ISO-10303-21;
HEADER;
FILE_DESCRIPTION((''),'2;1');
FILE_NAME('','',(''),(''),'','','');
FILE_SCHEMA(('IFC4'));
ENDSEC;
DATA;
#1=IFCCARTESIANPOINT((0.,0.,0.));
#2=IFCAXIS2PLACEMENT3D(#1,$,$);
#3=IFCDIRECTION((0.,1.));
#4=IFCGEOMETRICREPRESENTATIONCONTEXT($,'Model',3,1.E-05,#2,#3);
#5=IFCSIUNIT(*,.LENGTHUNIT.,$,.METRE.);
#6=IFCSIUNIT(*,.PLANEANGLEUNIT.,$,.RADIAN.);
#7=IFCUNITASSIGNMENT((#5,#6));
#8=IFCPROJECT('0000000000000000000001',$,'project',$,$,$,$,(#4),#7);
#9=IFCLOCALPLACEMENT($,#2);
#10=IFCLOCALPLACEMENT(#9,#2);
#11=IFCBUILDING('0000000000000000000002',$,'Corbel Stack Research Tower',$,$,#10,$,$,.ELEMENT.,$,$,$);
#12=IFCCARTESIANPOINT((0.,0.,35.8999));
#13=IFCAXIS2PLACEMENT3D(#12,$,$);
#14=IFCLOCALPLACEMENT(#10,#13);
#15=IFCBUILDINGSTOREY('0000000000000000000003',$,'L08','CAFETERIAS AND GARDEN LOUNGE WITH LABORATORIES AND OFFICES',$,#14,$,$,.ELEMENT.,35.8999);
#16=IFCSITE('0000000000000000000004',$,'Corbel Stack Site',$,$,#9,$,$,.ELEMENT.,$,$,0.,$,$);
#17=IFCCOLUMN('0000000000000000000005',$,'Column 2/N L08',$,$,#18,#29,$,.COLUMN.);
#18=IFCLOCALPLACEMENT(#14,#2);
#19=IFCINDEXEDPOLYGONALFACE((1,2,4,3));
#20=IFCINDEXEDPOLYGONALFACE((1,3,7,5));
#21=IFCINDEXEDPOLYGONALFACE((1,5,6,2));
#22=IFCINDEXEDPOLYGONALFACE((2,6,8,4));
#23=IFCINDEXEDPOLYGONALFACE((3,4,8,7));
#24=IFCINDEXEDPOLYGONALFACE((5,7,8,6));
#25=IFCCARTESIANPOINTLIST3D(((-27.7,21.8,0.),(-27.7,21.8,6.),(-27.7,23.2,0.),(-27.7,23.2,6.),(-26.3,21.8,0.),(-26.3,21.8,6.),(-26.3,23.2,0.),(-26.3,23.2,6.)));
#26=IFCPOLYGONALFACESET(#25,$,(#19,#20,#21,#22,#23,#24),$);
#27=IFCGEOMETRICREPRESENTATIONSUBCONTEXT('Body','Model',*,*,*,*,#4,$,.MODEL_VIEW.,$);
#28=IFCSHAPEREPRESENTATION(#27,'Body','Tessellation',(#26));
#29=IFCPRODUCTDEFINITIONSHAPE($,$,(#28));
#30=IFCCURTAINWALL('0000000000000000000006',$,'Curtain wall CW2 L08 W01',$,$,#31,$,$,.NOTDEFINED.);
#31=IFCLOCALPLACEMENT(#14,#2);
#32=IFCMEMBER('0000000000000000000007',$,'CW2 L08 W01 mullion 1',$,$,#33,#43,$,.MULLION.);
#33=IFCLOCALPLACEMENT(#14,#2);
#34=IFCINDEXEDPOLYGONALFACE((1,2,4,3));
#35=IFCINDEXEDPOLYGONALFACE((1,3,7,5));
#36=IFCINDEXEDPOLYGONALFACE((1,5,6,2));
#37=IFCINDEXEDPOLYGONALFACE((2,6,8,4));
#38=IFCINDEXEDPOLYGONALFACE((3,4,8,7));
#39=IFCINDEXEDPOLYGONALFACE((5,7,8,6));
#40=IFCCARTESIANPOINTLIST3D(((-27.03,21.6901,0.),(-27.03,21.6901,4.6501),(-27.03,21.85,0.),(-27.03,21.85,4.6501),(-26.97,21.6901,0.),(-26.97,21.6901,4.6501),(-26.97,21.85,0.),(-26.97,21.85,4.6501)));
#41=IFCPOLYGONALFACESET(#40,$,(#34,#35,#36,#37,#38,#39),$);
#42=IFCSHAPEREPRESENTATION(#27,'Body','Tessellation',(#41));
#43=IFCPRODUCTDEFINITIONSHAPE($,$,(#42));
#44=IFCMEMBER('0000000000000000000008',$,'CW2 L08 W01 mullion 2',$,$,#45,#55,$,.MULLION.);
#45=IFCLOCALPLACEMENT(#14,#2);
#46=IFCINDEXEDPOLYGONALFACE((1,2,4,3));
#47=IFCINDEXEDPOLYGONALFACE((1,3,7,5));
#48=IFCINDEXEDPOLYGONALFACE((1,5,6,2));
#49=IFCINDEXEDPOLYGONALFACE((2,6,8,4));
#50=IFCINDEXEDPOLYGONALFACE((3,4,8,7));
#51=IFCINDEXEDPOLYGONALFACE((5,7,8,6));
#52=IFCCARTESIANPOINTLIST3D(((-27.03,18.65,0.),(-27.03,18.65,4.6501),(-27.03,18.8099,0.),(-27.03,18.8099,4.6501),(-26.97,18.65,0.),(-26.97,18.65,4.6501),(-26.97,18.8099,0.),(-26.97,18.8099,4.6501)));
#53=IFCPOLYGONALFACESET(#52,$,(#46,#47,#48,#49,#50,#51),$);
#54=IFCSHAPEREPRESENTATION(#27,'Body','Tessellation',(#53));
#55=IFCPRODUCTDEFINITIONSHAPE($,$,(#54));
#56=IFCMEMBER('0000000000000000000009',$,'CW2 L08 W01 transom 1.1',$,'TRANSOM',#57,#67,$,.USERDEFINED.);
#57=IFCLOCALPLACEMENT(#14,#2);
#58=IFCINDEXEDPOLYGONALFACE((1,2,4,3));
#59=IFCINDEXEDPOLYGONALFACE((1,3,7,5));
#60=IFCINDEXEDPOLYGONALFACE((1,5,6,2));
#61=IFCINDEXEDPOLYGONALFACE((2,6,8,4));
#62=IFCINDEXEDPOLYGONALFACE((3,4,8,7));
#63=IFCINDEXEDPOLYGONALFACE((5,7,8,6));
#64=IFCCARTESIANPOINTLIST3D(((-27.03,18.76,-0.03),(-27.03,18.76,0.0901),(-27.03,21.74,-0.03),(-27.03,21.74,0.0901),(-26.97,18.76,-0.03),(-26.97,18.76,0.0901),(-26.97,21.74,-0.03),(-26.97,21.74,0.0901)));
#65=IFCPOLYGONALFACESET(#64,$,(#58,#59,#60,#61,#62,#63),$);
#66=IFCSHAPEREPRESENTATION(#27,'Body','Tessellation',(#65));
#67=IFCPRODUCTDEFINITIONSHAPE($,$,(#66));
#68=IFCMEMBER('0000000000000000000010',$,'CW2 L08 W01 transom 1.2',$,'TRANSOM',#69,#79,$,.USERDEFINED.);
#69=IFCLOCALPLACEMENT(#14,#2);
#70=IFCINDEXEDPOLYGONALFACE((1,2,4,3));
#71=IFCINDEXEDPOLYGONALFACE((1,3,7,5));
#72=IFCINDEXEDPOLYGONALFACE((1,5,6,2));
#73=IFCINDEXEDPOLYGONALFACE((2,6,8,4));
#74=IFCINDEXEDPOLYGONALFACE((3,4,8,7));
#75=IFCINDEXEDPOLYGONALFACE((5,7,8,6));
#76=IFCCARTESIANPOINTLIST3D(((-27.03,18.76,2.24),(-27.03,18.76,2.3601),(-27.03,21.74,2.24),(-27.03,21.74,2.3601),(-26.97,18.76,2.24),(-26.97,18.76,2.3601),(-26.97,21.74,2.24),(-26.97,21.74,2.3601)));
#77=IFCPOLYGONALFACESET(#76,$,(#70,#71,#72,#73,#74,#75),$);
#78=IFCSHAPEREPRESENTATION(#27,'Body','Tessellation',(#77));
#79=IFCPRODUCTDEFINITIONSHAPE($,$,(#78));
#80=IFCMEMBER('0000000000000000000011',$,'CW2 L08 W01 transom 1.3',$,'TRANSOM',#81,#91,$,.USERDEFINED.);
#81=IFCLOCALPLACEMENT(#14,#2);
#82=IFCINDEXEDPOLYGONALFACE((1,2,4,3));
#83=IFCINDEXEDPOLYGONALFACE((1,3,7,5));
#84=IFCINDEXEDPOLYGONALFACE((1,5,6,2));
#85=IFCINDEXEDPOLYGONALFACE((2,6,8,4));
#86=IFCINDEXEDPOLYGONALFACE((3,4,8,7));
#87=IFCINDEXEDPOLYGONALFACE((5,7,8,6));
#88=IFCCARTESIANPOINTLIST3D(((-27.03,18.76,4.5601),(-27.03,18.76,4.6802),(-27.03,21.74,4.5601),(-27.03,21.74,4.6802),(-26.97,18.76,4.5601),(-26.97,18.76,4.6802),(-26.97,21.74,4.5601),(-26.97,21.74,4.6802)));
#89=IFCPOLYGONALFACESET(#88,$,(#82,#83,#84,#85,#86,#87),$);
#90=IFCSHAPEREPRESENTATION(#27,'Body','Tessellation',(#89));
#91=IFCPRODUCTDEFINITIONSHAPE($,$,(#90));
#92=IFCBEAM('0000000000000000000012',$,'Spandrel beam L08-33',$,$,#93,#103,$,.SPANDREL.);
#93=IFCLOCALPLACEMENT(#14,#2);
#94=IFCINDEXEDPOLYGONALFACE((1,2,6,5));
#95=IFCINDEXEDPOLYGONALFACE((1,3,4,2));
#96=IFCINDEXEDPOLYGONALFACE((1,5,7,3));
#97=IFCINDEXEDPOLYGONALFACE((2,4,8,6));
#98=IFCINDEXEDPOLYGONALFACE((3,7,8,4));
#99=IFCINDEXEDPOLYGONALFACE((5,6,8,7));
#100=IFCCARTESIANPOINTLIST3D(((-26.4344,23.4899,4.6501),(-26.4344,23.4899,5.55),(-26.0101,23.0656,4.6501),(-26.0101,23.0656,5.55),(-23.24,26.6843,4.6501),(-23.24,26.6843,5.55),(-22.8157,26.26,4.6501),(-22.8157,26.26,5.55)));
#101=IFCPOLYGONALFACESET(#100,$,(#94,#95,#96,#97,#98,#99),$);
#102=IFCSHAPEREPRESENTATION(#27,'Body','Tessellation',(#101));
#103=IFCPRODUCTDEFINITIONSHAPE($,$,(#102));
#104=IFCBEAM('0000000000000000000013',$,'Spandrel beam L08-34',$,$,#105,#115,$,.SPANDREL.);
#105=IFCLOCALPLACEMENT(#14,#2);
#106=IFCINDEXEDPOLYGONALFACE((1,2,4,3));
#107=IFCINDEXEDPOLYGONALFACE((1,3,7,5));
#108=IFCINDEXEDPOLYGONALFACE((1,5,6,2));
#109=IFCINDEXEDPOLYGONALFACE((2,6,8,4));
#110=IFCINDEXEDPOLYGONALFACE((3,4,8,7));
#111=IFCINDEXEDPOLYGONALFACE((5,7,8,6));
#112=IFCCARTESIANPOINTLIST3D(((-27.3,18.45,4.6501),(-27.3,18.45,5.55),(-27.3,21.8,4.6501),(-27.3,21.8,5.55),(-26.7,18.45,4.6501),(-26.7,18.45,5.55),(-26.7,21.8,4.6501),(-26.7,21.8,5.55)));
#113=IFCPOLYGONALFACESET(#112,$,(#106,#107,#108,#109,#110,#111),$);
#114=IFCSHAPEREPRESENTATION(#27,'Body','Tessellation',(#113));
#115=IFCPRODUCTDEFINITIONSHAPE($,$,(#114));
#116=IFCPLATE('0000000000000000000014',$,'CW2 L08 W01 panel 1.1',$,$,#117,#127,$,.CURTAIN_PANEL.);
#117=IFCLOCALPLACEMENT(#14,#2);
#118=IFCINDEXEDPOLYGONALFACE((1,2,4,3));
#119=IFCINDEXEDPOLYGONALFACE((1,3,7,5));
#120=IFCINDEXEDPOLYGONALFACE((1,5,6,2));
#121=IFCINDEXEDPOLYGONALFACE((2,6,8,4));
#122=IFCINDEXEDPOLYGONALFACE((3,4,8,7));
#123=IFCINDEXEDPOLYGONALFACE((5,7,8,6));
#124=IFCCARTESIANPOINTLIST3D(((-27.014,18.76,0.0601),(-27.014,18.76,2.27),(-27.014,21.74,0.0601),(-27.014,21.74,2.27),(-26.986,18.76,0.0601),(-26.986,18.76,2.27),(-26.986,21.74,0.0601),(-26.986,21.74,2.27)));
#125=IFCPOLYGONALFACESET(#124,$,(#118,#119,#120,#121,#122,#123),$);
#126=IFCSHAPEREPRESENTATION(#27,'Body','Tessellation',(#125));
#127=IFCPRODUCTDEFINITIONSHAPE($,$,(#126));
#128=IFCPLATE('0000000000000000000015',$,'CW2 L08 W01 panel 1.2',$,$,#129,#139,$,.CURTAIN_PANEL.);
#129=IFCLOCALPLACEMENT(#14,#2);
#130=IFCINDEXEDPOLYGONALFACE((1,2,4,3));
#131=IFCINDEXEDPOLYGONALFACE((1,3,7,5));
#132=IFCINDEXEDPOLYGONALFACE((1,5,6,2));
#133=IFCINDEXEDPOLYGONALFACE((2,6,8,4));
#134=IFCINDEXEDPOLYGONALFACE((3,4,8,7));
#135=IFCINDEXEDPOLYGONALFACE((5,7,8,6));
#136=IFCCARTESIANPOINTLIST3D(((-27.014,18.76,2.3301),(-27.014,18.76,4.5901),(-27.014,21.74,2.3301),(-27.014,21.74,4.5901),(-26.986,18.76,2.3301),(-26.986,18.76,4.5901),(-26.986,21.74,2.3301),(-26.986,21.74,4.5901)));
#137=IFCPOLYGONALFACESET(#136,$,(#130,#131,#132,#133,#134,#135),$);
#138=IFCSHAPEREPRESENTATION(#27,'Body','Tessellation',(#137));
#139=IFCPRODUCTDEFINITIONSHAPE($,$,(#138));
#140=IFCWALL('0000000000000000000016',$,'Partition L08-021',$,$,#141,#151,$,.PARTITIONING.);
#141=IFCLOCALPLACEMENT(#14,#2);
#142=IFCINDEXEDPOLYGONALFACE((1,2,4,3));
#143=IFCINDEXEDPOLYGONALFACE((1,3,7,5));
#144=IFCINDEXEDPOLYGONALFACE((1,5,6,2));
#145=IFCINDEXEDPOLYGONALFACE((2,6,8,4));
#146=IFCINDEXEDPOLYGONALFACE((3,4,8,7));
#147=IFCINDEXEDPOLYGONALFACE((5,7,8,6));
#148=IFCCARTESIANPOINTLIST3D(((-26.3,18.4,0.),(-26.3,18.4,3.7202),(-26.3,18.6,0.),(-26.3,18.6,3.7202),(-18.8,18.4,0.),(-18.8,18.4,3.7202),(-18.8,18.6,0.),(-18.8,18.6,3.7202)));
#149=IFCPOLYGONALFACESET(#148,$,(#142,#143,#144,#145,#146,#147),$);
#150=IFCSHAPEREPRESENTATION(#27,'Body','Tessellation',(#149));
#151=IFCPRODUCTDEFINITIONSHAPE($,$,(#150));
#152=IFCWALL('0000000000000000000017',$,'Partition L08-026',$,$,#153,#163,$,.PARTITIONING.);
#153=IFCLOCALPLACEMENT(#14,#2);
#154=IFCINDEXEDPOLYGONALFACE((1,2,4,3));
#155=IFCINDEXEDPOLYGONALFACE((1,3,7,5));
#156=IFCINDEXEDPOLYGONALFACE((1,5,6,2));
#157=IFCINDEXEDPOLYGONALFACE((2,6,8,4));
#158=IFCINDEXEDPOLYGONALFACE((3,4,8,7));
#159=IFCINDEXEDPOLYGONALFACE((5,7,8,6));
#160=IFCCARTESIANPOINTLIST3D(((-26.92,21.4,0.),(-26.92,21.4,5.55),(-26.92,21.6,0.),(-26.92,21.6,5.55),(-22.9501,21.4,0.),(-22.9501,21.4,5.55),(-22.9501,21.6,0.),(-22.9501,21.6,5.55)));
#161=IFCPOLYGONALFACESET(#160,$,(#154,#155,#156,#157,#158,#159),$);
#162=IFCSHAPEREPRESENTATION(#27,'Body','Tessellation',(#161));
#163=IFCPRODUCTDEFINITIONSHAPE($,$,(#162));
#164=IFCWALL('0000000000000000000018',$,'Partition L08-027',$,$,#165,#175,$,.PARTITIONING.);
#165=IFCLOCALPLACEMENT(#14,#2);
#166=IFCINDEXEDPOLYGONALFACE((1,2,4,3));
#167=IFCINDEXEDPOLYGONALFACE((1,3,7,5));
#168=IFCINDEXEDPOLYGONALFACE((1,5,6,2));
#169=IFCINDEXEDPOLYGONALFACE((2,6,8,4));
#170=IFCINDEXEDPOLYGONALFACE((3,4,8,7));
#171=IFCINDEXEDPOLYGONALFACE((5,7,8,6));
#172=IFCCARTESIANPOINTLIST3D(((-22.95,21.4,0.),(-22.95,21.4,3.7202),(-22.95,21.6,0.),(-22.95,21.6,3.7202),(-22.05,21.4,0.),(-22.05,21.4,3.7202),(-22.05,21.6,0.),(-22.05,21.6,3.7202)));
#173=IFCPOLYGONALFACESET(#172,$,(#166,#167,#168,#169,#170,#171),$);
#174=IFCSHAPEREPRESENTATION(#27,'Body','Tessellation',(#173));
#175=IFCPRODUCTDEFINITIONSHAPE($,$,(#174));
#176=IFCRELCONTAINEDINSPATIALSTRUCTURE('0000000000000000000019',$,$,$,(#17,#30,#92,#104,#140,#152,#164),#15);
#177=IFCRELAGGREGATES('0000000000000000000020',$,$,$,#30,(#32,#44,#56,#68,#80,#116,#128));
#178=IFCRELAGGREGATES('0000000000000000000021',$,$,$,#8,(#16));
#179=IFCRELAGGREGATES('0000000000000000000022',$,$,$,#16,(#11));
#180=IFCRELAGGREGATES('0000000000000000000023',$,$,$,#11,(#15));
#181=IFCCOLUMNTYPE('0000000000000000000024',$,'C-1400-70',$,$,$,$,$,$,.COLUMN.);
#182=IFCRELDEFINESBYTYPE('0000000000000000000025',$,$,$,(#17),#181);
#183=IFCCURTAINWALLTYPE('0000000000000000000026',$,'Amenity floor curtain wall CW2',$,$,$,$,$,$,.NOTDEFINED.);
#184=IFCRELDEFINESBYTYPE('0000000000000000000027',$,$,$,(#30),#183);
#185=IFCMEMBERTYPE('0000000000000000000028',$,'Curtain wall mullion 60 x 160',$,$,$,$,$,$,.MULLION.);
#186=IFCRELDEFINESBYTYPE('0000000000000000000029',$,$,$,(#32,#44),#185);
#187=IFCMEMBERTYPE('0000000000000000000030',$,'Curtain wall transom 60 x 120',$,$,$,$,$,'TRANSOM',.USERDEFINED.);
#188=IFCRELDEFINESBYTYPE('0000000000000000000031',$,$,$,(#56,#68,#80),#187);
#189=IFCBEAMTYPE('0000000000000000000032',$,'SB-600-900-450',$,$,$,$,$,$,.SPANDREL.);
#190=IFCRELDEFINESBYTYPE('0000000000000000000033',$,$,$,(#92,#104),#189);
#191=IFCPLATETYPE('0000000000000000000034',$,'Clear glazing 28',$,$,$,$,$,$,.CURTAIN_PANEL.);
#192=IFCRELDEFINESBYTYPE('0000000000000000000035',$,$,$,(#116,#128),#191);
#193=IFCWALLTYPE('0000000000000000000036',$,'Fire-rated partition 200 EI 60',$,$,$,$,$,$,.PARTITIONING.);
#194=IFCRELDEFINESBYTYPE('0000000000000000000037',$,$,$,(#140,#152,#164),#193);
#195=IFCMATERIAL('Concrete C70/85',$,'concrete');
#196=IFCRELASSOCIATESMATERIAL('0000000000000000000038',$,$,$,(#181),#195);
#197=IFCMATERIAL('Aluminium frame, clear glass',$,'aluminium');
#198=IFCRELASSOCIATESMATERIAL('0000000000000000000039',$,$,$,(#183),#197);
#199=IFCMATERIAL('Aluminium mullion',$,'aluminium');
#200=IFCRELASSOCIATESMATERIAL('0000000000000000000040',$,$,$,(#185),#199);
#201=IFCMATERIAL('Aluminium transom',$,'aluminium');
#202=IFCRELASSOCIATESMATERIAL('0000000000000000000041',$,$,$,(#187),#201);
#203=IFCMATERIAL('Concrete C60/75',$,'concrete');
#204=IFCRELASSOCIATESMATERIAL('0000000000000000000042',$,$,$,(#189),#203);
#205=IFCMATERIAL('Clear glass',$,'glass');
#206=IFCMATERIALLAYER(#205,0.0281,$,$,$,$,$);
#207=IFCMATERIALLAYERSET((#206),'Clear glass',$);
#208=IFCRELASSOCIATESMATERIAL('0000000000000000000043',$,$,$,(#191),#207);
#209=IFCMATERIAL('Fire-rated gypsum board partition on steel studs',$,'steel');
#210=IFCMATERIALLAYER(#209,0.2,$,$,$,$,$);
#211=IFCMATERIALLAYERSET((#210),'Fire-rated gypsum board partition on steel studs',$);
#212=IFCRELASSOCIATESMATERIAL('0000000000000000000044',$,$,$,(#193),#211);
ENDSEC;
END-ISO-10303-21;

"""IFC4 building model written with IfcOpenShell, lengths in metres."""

from ifc_helpers import new_model, si_unit, direction, frame, frame_2d, origin, origin_2d, place, context, subcontext, project, spatial, rectangle, extrude, material, layer, layer_set, material_profile, profile_set, type_object, element, aggregate, save


model = new_model("IFC4")

# Units and contexts
model_context = context("Model", 3, precision=1e-05, world=origin(), true_north=direction((0.0, 1.0)))
body_context = subcontext(model_context, "Body", "Model", "MODEL_VIEW")
ifc_project = project(units=[si_unit("LENGTHUNIT", "METRE"), si_unit("PLANEANGLEUNIT", "RADIAN")], contexts=[model_context])

# Site, building, storey
site_placement = place(None, origin())
site = spatial("IfcSite", under=ifc_project, at=site_placement, Name="Corbel Stack Site", CompositionType="ELEMENT", RefElevation=0.0)
building_placement = place(site_placement, origin())
building = spatial("IfcBuilding", under=site, at=building_placement, Name="Corbel Stack Research Tower", CompositionType="ELEMENT")
storey_placement = place(building_placement, frame((0.0, 0.0, 35.8999)))
storey = spatial("IfcBuildingStorey", under=building, at=storey_placement, Name="L08", Description="CAFETERIAS AND GARDEN LOUNGE WITH LABORATORIES AND OFFICES", CompositionType="ELEMENT", Elevation=35.8999)

# Column
ifc_material_1 = material(Name="Concrete C70/85", Category="concrete")
ifc_material_profile_1 = material_profile(ifc_material_1, rectangle(XDim=1.3999, YDim=1.3999, at=origin_2d()), Name="RC 1400 x 1400")
ifc_profile_set_1 = profile_set([ifc_material_profile_1], Name="Concrete C70/85")
column_type = type_object("IfcColumnType", Name="C-1400-70", PredefinedType="COLUMN", material=ifc_profile_set_1)
column_placement = place(storey_placement, frame((-27.0, 22.5, 0.0), z_axis=(0.0, 0.0, 1.0), x_axis=(1.0, 0.0, 0.0)))
element("IfcColumn", 1, at=column_placement, inside=storey, type_object=column_type, Name="Column 2/N L08", PredefinedType="COLUMN", context=body_context, shape_type="SweptSolid", body=[
    extrude(rectangle(XDim=1.3999, YDim=1.3999, at=origin_2d()), origin(), (0.0, 0.0, 1.0), 6.0),
])

# Curtain wall, members
ifc_material_2 = material(Name="Aluminium frame, clear glass", Category="aluminium")
curtain_wall_type = type_object("IfcCurtainWallType", Name="Amenity floor curtain wall CW2", PredefinedType="NOTDEFINED", material=ifc_material_2)
curtain_wall_placement = place(storey_placement, origin())
curtain_wall = element("IfcCurtainWall", 2, at=curtain_wall_placement, inside=storey, type_object=curtain_wall_type, Name="Curtain wall CW2 L08 W01", PredefinedType="NOTDEFINED")
ifc_material_3 = material(Name="Aluminium mullion", Category="aluminium")
ifc_material_profile_2 = material_profile(ifc_material_3, rectangle(XDim=0.0601, YDim=0.1599, at=origin_2d()), Name="Mullion 60 x 160")
ifc_profile_set_2 = profile_set([ifc_material_profile_2], Name="Aluminium mullion")
member_type_1 = type_object("IfcMemberType", Name="Curtain wall mullion 60 x 160", PredefinedType="MULLION", material=ifc_profile_set_2)
member_1_placement = place(storey_placement, frame((-27.0, 21.77, 0.0), z_axis=(0.0, 0.0, 1.0), x_axis=(1.0, 0.0, 0.0)))
member_1 = element("IfcMember", 3, at=member_1_placement, type_object=member_type_1, Name="CW2 L08 W01 mullion 1", PredefinedType="MULLION", context=body_context, shape_type="SweptSolid", body=[
    extrude(rectangle(XDim=0.0601, YDim=0.1599, at=origin_2d()), origin(), (0.0, 0.0, 1.0), 4.6501),
])
member_2_placement = place(storey_placement, frame((-27.0, 18.73, 0.0), z_axis=(0.0, 0.0, 1.0), x_axis=(1.0, 0.0, 0.0)))
member_2 = element("IfcMember", 4, at=member_2_placement, type_object=member_type_1, Name="CW2 L08 W01 mullion 2", PredefinedType="MULLION", context=body_context, shape_type="SweptSolid", body=[
    extrude(rectangle(XDim=0.0601, YDim=0.1599, at=origin_2d()), origin(), (0.0, 0.0, 1.0), 4.6501),
])
ifc_material_4 = material(Name="Aluminium transom", Category="aluminium")
ifc_material_profile_3 = material_profile(ifc_material_4, rectangle(XDim=0.0601, YDim=0.1201, at=origin_2d()), Name="Transom 60 x 120")
ifc_profile_set_3 = profile_set([ifc_material_profile_3], Name="Aluminium transom")
member_type_2 = type_object("IfcMemberType", Name="Curtain wall transom 60 x 120", ElementType="TRANSOM", PredefinedType="USERDEFINED", material=ifc_profile_set_3)
member_3_placement = place(storey_placement, frame((-27.0, 21.74, 0.03), z_axis=(0.0, -1.0, 0.0), x_axis=(1.0, 0.0, 0.0)))
member_3 = element("IfcMember", 5, at=member_3_placement, type_object=member_type_2, Name="CW2 L08 W01 transom 1.1", ObjectType="TRANSOM", PredefinedType="USERDEFINED", context=body_context, shape_type="SweptSolid", body=[
    extrude(rectangle(XDim=0.0601, YDim=0.1201, at=origin_2d()), origin(), (0.0, 0.0, 1.0), 2.98),
])
member_4_placement = place(storey_placement, frame((-27.0, 21.74, 2.3), z_axis=(0.0, -1.0, 0.0), x_axis=(1.0, 0.0, 0.0)))
member_4 = element("IfcMember", 6, at=member_4_placement, type_object=member_type_2, Name="CW2 L08 W01 transom 1.2", ObjectType="TRANSOM", PredefinedType="USERDEFINED", context=body_context, shape_type="SweptSolid", body=[
    extrude(rectangle(XDim=0.0601, YDim=0.1201, at=origin_2d()), origin(), (0.0, 0.0, 1.0), 2.98),
])
member_5_placement = place(storey_placement, frame((-27.0, 21.74, 4.6201), z_axis=(0.0, -1.0, 0.0), x_axis=(1.0, 0.0, 0.0)))
member_5 = element("IfcMember", 7, at=member_5_placement, type_object=member_type_2, Name="CW2 L08 W01 transom 1.3", ObjectType="TRANSOM", PredefinedType="USERDEFINED", context=body_context, shape_type="SweptSolid", body=[
    extrude(rectangle(XDim=0.0601, YDim=0.1201, at=origin_2d()), origin(), (0.0, 0.0, 1.0), 2.98),
])

# Beams
ifc_material_5 = material(Name="Concrete C60/75", Category="concrete")
ifc_material_profile_4 = material_profile(ifc_material_5, rectangle(XDim=0.6001, YDim=0.8999, at=origin_2d()), Name="RC 600 x 900")
ifc_profile_set_4 = profile_set([ifc_material_profile_4], Name="Concrete C60/75")
beam_type = type_object("IfcBeamType", Name="SB-600-900-450", PredefinedType="SPANDREL", material=ifc_profile_set_4)
beam_1_placement = place(storey_placement, frame((-23.0278, 26.4722, 5.1001), z_axis=(-0.707107, -0.707107, 0.0), x_axis=(0.707107, -0.707107, 0.0)))
element("IfcBeam", 8, at=beam_1_placement, inside=storey, type_object=beam_type, Name="Spandrel beam L08-33", PredefinedType="SPANDREL", context=body_context, shape_type="SweptSolid", body=[
    extrude(rectangle(XDim=0.6001, YDim=0.8999, at=origin_2d()), origin(), (0.0, 0.0, 1.0), 4.5176),
])
beam_2_placement = place(storey_placement, frame((-27.0, 21.8, 5.1001), z_axis=(0.0, -1.0, 0.0), x_axis=(1.0, 0.0, 0.0)))
element("IfcBeam", 9, at=beam_2_placement, inside=storey, type_object=beam_type, Name="Spandrel beam L08-34", PredefinedType="SPANDREL", context=body_context, shape_type="SweptSolid", body=[
    extrude(rectangle(XDim=0.6001, YDim=0.8999, at=origin_2d()), origin(), (0.0, 0.0, 1.0), 3.3501),
])

# Plates
ifc_material_6 = material(Name="Clear glass", Category="glass")
ifc_layer_1 = layer(ifc_material_6, 0.0281)
ifc_layer_set_1 = layer_set([ifc_layer_1], Name="Clear glass")
plate_type = type_object("IfcPlateType", Name="Clear glazing 28", PredefinedType="CURTAIN_PANEL", material=ifc_layer_set_1)
plate_1_placement = place(storey_placement, frame((-27.0, 20.25, 0.0601), z_axis=(0.0, 0.0, 1.0), x_axis=(0.0, -1.0, 0.0)))
plate_1 = element("IfcPlate", 10, at=plate_1_placement, type_object=plate_type, Name="CW2 L08 W01 panel 1.1", PredefinedType="CURTAIN_PANEL", context=body_context, shape_type="SweptSolid", body=[
    extrude(rectangle(XDim=2.98, YDim=0.0281, at=origin_2d()), origin(), (0.0, 0.0, 1.0), 2.21),
])
plate_2_placement = place(storey_placement, frame((-27.0, 20.25, 2.3301), z_axis=(0.0, 0.0, 1.0), x_axis=(0.0, -1.0, 0.0)))
plate_2 = element("IfcPlate", 11, at=plate_2_placement, type_object=plate_type, Name="CW2 L08 W01 panel 1.2", PredefinedType="CURTAIN_PANEL", context=body_context, shape_type="SweptSolid", body=[
    extrude(rectangle(XDim=2.98, YDim=0.0281, at=origin_2d()), origin(), (0.0, 0.0, 1.0), 2.26),
])
aggregate(curtain_wall, [member_1, member_2, member_3, member_4, member_5, plate_1, plate_2])

# Walls
ifc_material_7 = material(Name="Fire-rated gypsum board partition on steel studs", Category="steel")
ifc_layer_2 = layer(ifc_material_7, 0.2)
ifc_layer_set_2 = layer_set([ifc_layer_2], Name="Fire-rated gypsum board partition on steel studs")
wall_type_1 = type_object("IfcWallType", Name="Fire-rated partition 200 EI 60", PredefinedType="PARTITIONING", material=ifc_layer_set_2)
wall_1_placement = place(storey_placement, frame((-26.3, 18.5, 0.0), z_axis=(0.0, 0.0, 1.0), x_axis=(1.0, 0.0, 0.0)))
element("IfcWall", 12, at=wall_1_placement, inside=storey, type_object=wall_type_1, Name="Partition L08-021", PredefinedType="PARTITIONING", context=body_context, shape_type="SweptSolid", body=[
    extrude(rectangle(XDim=7.5, YDim=0.2, at=frame_2d((3.75, 0.0))), origin(), (0.0, 0.0, 1.0), 3.7202),
])
wall_2_placement = place(storey_placement, frame((-26.9199, 21.5, 0.0), z_axis=(0.0, 0.0, 1.0), x_axis=(1.0, 0.0, 0.0)))
element("IfcWall", 13, at=wall_2_placement, inside=storey, type_object=wall_type_1, Name="Partition L08-026", PredefinedType="PARTITIONING", context=body_context, shape_type="SweptSolid", body=[
    extrude(rectangle(XDim=3.97, YDim=0.2, at=frame_2d((1.9849, 0.0))), origin(), (0.0, 0.0, 1.0), 5.55),
])
wall_3_placement = place(storey_placement, frame((-22.95, 21.5, 0.0), z_axis=(0.0, 0.0, 1.0), x_axis=(1.0, 0.0, 0.0)))
element("IfcWall", 14, at=wall_3_placement, inside=storey, type_object=wall_type_1, Name="Partition L08-027", PredefinedType="PARTITIONING", context=body_context, shape_type="SweptSolid", body=[
    extrude(rectangle(XDim=0.8999, YDim=0.2, at=frame_2d((0.45, 0.0))), origin(), (0.0, 0.0, 1.0), 3.7202),
])

save(model, "model.ifc")
